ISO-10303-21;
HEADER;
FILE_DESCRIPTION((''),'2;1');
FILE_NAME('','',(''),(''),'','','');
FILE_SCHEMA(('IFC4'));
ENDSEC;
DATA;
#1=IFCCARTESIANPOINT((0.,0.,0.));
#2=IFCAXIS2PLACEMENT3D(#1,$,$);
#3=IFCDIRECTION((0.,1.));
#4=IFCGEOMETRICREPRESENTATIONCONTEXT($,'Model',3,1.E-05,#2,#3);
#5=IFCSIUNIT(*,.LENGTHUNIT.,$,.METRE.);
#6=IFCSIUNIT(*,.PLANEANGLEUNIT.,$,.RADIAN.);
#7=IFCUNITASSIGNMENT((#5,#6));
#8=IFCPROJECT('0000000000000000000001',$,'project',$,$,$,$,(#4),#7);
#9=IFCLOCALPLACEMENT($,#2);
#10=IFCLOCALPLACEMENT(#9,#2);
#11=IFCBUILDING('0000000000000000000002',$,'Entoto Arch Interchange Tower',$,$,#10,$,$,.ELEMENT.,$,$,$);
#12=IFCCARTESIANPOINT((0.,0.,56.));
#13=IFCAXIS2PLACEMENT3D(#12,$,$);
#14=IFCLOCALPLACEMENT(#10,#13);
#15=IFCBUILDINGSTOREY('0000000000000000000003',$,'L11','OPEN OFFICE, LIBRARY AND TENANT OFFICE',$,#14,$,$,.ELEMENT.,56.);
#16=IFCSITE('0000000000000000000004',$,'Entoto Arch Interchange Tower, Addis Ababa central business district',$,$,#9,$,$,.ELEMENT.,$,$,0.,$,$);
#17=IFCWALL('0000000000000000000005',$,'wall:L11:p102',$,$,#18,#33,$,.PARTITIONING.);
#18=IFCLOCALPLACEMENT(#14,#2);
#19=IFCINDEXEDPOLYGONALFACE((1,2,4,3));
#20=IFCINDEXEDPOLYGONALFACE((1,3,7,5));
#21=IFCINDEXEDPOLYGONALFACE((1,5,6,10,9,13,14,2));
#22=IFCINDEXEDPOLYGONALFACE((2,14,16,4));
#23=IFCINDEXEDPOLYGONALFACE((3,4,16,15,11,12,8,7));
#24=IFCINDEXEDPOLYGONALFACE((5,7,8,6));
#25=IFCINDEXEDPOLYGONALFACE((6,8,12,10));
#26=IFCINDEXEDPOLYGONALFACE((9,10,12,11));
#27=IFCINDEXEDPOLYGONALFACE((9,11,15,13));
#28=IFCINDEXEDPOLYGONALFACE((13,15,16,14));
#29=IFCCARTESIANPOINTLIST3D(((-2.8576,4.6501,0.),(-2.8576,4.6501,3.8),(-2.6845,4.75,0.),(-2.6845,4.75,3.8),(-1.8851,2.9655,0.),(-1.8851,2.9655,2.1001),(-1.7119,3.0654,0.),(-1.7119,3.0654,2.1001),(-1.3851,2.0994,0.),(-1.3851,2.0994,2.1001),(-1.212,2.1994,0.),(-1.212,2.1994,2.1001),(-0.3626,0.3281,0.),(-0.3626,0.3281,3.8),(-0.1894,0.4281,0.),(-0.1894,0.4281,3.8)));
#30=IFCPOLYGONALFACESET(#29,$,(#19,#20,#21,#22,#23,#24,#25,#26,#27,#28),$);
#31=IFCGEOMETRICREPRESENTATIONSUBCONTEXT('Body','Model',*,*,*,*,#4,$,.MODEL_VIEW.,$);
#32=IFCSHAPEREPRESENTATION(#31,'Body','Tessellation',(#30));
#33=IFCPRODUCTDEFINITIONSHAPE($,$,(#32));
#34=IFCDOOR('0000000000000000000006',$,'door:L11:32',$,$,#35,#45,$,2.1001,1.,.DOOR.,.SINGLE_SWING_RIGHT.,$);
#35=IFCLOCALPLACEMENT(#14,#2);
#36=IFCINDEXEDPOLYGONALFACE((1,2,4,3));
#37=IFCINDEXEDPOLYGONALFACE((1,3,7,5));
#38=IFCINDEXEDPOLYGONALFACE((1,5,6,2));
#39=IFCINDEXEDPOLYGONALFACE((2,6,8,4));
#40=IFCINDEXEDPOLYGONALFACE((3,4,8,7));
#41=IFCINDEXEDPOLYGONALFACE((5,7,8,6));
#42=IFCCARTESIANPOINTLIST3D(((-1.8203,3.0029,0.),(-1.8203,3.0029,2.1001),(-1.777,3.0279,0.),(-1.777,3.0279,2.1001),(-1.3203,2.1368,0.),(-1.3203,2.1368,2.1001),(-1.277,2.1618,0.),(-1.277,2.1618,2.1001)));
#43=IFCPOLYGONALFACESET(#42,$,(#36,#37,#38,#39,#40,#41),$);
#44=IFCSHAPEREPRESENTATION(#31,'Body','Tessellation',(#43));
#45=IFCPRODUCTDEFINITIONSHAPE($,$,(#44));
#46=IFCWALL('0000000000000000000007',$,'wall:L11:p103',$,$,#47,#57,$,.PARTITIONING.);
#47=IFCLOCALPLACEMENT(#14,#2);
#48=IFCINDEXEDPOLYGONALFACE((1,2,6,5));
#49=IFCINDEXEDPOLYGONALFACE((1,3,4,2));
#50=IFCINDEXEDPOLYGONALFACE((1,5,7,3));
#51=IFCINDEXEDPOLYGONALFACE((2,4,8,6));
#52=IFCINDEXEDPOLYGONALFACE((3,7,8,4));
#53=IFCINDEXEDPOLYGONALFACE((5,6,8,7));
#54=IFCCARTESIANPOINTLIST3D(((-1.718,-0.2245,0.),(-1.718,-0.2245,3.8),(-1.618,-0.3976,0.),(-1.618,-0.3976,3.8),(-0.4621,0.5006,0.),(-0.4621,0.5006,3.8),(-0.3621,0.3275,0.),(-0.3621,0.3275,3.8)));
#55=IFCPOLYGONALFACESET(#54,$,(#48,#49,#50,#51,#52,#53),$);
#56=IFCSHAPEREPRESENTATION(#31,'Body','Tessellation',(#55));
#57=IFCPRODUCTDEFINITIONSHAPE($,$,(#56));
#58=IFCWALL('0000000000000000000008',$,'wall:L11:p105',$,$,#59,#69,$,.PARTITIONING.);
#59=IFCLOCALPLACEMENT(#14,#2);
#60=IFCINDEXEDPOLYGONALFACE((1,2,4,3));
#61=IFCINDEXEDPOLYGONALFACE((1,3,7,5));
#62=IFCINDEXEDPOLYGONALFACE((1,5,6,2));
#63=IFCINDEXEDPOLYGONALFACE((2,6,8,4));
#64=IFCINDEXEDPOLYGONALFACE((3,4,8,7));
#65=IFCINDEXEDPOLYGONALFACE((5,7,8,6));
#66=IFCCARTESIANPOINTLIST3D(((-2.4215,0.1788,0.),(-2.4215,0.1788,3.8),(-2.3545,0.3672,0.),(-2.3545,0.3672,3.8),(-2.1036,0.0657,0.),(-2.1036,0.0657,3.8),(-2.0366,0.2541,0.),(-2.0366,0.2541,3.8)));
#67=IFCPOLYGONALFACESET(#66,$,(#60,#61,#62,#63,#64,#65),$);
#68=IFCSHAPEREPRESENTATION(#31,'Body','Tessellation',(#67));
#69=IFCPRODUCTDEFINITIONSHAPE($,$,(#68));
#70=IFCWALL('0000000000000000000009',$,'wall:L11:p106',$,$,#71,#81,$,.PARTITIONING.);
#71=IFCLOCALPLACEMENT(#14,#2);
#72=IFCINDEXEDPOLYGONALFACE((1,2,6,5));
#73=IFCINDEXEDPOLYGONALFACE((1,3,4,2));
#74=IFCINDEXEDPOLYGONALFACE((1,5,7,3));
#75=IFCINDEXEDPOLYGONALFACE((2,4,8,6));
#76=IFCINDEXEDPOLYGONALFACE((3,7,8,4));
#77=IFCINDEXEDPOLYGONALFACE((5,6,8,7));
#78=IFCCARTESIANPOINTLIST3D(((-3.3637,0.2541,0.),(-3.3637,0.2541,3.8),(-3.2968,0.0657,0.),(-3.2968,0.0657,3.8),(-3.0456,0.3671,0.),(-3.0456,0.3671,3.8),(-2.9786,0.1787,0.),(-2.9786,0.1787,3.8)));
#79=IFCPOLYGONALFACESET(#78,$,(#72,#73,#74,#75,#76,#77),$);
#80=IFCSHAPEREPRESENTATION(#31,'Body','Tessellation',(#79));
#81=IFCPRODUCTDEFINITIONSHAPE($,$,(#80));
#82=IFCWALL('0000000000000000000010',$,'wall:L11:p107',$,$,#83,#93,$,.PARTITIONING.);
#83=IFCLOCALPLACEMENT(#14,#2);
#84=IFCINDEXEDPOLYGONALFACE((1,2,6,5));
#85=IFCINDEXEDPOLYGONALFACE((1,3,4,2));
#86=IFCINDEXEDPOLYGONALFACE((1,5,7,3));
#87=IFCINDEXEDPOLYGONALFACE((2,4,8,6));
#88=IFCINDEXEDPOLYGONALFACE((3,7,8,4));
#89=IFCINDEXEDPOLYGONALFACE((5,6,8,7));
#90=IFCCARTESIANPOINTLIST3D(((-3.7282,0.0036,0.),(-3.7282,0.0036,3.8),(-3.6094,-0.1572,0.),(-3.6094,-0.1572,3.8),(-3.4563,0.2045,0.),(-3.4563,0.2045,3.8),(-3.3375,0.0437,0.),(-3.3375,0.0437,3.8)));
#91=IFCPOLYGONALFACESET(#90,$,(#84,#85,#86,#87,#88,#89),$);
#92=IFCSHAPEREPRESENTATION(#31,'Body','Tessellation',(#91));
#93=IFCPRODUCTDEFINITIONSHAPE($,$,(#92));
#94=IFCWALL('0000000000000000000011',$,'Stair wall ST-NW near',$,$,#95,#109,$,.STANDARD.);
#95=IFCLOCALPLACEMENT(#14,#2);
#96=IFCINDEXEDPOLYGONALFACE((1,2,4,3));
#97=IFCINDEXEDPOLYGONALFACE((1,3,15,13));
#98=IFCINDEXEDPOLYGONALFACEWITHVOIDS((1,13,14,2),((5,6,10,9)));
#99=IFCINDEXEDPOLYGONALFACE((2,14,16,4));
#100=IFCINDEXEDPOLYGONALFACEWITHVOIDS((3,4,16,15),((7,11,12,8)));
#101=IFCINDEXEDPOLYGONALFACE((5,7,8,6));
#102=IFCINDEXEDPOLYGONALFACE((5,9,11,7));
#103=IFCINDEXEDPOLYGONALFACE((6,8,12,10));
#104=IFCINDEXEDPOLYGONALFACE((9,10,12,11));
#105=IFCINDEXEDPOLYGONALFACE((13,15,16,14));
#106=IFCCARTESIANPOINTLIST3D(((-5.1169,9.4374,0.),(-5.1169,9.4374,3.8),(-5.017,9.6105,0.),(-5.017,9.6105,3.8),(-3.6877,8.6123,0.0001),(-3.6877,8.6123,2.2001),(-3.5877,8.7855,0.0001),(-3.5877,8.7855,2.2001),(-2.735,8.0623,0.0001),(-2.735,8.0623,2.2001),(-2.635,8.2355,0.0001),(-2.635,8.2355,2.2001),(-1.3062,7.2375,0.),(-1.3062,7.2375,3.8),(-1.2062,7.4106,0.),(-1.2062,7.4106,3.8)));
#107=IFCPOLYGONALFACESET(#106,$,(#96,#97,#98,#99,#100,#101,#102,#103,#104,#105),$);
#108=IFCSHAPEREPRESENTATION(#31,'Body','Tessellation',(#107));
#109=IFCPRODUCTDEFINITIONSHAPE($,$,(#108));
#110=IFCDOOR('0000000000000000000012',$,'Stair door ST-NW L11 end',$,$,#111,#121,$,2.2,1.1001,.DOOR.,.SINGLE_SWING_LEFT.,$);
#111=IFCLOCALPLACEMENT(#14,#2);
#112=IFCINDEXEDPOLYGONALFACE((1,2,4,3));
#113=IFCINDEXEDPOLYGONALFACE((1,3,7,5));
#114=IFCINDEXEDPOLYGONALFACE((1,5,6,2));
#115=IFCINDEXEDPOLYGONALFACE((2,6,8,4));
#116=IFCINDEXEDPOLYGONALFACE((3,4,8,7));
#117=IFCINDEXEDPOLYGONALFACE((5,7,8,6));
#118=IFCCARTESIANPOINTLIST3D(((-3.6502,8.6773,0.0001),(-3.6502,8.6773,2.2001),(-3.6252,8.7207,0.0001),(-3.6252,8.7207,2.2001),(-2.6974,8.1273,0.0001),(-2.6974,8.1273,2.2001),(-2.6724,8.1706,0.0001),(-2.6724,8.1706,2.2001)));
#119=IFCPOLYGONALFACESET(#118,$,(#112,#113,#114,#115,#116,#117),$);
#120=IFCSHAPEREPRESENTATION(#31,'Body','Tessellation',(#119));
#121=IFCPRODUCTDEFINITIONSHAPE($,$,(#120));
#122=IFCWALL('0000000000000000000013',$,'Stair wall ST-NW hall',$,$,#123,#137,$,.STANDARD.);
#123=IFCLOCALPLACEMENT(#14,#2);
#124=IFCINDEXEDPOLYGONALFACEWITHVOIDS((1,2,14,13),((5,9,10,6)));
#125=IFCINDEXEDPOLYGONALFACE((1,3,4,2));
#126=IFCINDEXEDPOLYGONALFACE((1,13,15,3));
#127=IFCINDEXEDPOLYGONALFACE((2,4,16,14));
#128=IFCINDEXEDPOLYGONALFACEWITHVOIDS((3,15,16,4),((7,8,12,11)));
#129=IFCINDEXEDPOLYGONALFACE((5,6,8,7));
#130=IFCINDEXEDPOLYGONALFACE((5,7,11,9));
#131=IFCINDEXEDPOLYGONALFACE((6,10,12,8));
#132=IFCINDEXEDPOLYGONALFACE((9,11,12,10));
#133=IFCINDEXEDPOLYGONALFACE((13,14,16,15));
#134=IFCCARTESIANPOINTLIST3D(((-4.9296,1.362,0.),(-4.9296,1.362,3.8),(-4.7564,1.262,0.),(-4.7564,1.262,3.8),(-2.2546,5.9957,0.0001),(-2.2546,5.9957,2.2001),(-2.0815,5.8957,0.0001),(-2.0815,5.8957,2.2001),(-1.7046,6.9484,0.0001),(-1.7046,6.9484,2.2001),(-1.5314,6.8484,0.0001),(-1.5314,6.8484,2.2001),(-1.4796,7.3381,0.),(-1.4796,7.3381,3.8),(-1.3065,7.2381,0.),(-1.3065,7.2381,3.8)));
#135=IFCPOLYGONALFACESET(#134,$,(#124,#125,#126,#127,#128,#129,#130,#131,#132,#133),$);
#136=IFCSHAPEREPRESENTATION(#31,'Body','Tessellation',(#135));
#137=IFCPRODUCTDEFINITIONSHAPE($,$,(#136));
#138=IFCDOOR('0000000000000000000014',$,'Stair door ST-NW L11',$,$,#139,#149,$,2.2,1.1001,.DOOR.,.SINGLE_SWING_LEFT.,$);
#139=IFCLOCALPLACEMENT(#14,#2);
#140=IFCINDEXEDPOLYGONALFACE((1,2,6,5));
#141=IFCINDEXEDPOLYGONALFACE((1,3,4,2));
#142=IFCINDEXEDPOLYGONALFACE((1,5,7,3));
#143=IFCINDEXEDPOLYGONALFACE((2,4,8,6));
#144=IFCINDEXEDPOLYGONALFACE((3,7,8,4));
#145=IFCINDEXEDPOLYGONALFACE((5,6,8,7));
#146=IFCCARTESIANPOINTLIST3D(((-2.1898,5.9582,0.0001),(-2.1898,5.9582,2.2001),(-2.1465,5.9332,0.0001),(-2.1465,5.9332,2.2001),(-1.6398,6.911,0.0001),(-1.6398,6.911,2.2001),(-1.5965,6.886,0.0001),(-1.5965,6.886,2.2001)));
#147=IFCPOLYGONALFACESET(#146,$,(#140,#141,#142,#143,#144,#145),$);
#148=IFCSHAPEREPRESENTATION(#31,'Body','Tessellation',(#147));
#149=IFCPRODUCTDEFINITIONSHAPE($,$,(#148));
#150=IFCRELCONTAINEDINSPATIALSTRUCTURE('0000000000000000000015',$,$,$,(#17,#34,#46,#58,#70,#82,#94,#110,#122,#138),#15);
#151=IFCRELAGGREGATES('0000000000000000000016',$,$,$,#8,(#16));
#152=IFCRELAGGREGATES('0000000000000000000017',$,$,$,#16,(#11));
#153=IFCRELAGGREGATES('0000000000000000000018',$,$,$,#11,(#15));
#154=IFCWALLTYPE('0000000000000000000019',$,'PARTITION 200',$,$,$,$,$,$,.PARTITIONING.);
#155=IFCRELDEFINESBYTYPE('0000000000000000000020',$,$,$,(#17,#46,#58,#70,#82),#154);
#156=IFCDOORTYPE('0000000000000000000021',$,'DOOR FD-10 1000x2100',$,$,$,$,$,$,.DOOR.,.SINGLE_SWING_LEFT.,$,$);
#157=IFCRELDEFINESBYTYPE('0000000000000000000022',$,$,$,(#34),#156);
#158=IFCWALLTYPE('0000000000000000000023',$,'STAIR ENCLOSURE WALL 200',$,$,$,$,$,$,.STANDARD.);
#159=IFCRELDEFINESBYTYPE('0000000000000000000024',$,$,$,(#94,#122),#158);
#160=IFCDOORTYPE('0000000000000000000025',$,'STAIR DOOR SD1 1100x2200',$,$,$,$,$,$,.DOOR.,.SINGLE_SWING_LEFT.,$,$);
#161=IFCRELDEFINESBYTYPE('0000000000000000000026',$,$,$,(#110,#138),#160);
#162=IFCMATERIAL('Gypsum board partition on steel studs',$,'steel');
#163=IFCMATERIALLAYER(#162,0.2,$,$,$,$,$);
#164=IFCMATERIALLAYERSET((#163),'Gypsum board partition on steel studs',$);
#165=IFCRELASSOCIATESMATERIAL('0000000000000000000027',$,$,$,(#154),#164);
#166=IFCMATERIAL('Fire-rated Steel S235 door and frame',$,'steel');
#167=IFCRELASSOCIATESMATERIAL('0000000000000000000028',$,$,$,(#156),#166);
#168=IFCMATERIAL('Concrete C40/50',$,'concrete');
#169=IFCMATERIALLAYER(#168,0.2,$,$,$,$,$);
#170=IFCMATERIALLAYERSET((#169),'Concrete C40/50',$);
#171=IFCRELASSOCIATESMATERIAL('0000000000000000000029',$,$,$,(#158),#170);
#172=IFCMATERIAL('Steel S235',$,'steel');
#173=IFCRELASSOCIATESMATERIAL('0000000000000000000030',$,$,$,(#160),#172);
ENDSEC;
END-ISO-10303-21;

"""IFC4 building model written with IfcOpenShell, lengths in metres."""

from ifc_helpers import new_model, si_unit, direction, frame, frame_2d, origin, place, context, subcontext, project, spatial, rectangle, extrude, material, layer, layer_set, type_object, element, fill, save


model = new_model("IFC4")

# Units and contexts
model_context = context("Model", 3, precision=1e-05, world=origin(), true_north=direction((0.0, 1.0)))
body_context = subcontext(model_context, "Body", "Model", "MODEL_VIEW")
ifc_project = project(units=[si_unit("LENGTHUNIT", "METRE"), si_unit("PLANEANGLEUNIT", "RADIAN")], contexts=[model_context])

# Site, building, storey
site_placement = place(None, origin())
site = spatial("IfcSite", under=ifc_project, at=site_placement, Name="Entoto Arch Interchange Tower, Addis Ababa central business district", CompositionType="ELEMENT", RefElevation=0.0)
building_placement = place(site_placement, origin())
building = spatial("IfcBuilding", under=site, at=building_placement, Name="Entoto Arch Interchange Tower", CompositionType="ELEMENT")
storey_placement = place(building_placement, frame((0.0, 0.0, 56.0)))
storey = spatial("IfcBuildingStorey", under=building, at=storey_placement, Name="L11", Description="OPEN OFFICE, LIBRARY AND TENANT OFFICE", CompositionType="ELEMENT", Elevation=56.0)

# Wall, opening, door
ifc_material_1 = material(Name="Gypsum board partition on steel studs", Category="steel")
ifc_layer_1 = layer(ifc_material_1, 0.2)
ifc_layer_set_1 = layer_set([ifc_layer_1], Name="Gypsum board partition on steel studs")
wall_type_1 = type_object("IfcWallType", Name="PARTITION 200", PredefinedType="PARTITIONING", material=ifc_layer_set_1)
wall_1_placement = place(storey_placement, frame((-2.771, 4.7, 0.0), z_axis=(0.0, 0.0, 1.0), x_axis=(0.499969, -0.866043, 0.0)))
wall_1 = element("IfcWall", 1, at=wall_1_placement, inside=storey, type_object=wall_type_1, Name="wall:L11:p102", PredefinedType="PARTITIONING", context=body_context, shape_type="SweptSolid", body=[
    extrude(rectangle(XDim=4.9905, YDim=0.2, at=frame_2d((2.4951, 0.0))), origin(), (0.0, 0.0, 1.0), 3.8),
])
opening_1_placement = place(wall_1_placement, frame((1.9451, 0.0, 0.0)))
opening_1 = element("IfcOpeningElement", 2, at=opening_1_placement, cuts=wall_1, PredefinedType="OPENING", context=body_context, shape_type="SweptSolid", body=[
    extrude(rectangle(XDim=1.0, YDim=2.1001, at=frame_2d((0.5, 1.05))), frame((0.0, 0.1099, 0.0), z_axis=(0.0, -1.0, 0.0), x_axis=(1.0, 0.0, 0.0)), (0.0, 0.0, 1.0), 0.22),
])
ifc_material_2 = material(Name="Fire-rated Steel S235 door and frame", Category="steel")
door_type_1 = type_object("IfcDoorType", Name="DOOR FD-10 1000x2100", OperationType="SINGLE_SWING_LEFT", PredefinedType="DOOR", material=ifc_material_2)
door_1_placement = place(opening_1_placement, origin())
door_1 = element("IfcDoor", 3, at=door_1_placement, inside=storey, type_object=door_type_1, Name="door:L11:32", OperationType="SINGLE_SWING_RIGHT", OverallHeight=2.1001, OverallWidth=1.0, PredefinedType="DOOR", context=body_context, shape_type="SweptSolid", body=[
    extrude(rectangle(XDim=1.0, YDim=2.1001, at=frame_2d((0.5, 1.05))), frame((0.0, 0.0249, 0.0), z_axis=(0.0, -1.0, 0.0), x_axis=(1.0, 0.0, 0.0)), (0.0, 0.0, 1.0), 0.05),
])
fill(opening_1, door_1)

# Walls
wall_2_placement = place(storey_placement, frame((-0.4121, 0.4141, 0.0), z_axis=(0.0, 0.0, 1.0), x_axis=(-0.866017, -0.500014, 0.0)))
element("IfcWall", 4, at=wall_2_placement, inside=storey, type_object=wall_type_1, Name="wall:L11:p103", PredefinedType="PARTITIONING", context=body_context, shape_type="SweptSolid", body=[
    extrude(rectangle(XDim=1.4502, YDim=0.2, at=frame_2d((0.7251, 0.0))), origin(), (0.0, 0.0, 1.0), 3.8),
])
wall_3_placement = place(storey_placement, frame((-2.0701, 0.1599, 0.0), z_axis=(0.0, 0.0, 1.0), x_axis=(-0.942199, 0.335052, 0.0)))
element("IfcWall", 5, at=wall_3_placement, inside=storey, type_object=wall_type_1, Name="wall:L11:p105", PredefinedType="PARTITIONING", context=body_context, shape_type="SweptSolid", body=[
    extrude(rectangle(XDim=0.3374, YDim=0.2, at=frame_2d((0.1687, 0.0))), origin(), (0.0, 0.0, 1.0), 3.8),
])
wall_4_placement = place(storey_placement, frame((-3.012, 0.2729, 0.0), z_axis=(0.0, 0.0, 1.0), x_axis=(-0.942281, -0.334824, 0.0)))
element("IfcWall", 6, at=wall_4_placement, inside=storey, type_object=wall_type_1, Name="wall:L11:p106", PredefinedType="PARTITIONING", context=body_context, shape_type="SweptSolid", body=[
    extrude(rectangle(XDim=0.3376, YDim=0.2, at=frame_2d((0.1689, 0.0))), origin(), (0.0, 0.0, 1.0), 3.8),
])
wall_5_placement = place(storey_placement, frame((-3.397, 0.124, 0.0), z_axis=(0.0, 0.0, 1.0), x_axis=(-0.804311, -0.594208, 0.0)))
element("IfcWall", 7, at=wall_5_placement, inside=storey, type_object=wall_type_1, Name="wall:L11:p107", PredefinedType="PARTITIONING", context=body_context, shape_type="SweptSolid", body=[
    extrude(rectangle(XDim=0.3381, YDim=0.2, at=frame_2d((0.1689, 0.0))), origin(), (0.0, 0.0, 1.0), 3.8),
])

# Walls, openings, doors
ifc_material_3 = material(Name="Concrete C40/50", Category="concrete")
ifc_layer_2 = layer(ifc_material_3, 0.2)
ifc_layer_set_2 = layer_set([ifc_layer_2], Name="Concrete C40/50")
wall_type_2 = type_object("IfcWallType", Name="STAIR ENCLOSURE WALL 200", PredefinedType="STANDARD", material=ifc_layer_set_2)
wall_6_placement = place(storey_placement, frame((-1.2561, 7.324, 0.0), z_axis=(0.0, 0.0, 1.0), x_axis=(-0.866046, 0.499964, 0.0)))
wall_6 = element("IfcWall", 8, at=wall_6_placement, inside=storey, type_object=wall_type_2, Name="Stair wall ST-NW near", PredefinedType="STANDARD", context=body_context, shape_type="SweptSolid", body=[
    extrude(rectangle(XDim=4.4001, YDim=0.2, at=frame_2d((2.2002, 0.0))), origin(), (0.0, 0.0, 1.0), 3.8),
])
opening_2_placement = place(wall_6_placement, frame((1.6499, 0.0, 0.0)))
opening_2 = element("IfcOpeningElement", 9, at=opening_2_placement, cuts=wall_6, PredefinedType="OPENING", context=body_context, shape_type="SweptSolid", body=[
    extrude(rectangle(XDim=1.1001, YDim=2.2, at=frame_2d((0.55, 1.1001))), frame((0.0, 0.1099, 0.0), z_axis=(0.0, -1.0, 0.0), x_axis=(1.0, 0.0, 0.0)), (0.0, 0.0, 1.0), 0.22),
])
ifc_material_4 = material(Name="Steel S235", Category="steel")
door_type_2 = type_object("IfcDoorType", Name="STAIR DOOR SD1 1100x2200", OperationType="SINGLE_SWING_LEFT", PredefinedType="DOOR", material=ifc_material_4)
door_2_placement = place(opening_2_placement, origin())
door_2 = element("IfcDoor", 10, at=door_2_placement, inside=storey, type_object=door_type_2, Name="Stair door ST-NW L11 end", OperationType="SINGLE_SWING_LEFT", OverallHeight=2.2, OverallWidth=1.1001, PredefinedType="DOOR", context=body_context, shape_type="SweptSolid", body=[
    extrude(rectangle(XDim=1.1001, YDim=2.2, at=frame_2d((0.55, 1.1001))), frame((0.0, 0.0249, 0.0), z_axis=(0.0, -1.0, 0.0), x_axis=(1.0, 0.0, 0.0)), (0.0, 0.0, 1.0), 0.05),
])
fill(opening_2, door_2)
wall_7_placement = place(storey_placement, frame((-1.3931, 7.2881, 0.0), z_axis=(0.0, 0.0, 1.0), x_axis=(-0.499963, -0.866047, 0.0)))
wall_7 = element("IfcWall", 11, at=wall_7_placement, inside=storey, type_object=wall_type_2, Name="Stair wall ST-NW hall", PredefinedType="STANDARD", context=body_context, shape_type="SweptSolid", body=[
    extrude(rectangle(XDim=6.9004, YDim=0.2, at=frame_2d((3.4502, 0.0))), origin(), (0.0, 0.0, 1.0), 3.8),
])
opening_3_placement = place(wall_7_placement, frame((0.45, 0.0, 0.0)))
opening_3 = element("IfcOpeningElement", 12, at=opening_3_placement, cuts=wall_7, PredefinedType="OPENING", context=body_context, shape_type="SweptSolid", body=[
    extrude(rectangle(XDim=1.1001, YDim=2.2, at=frame_2d((0.55, 1.1001))), frame((0.0, 0.1099, 0.0), z_axis=(0.0, -1.0, 0.0), x_axis=(1.0, 0.0, 0.0)), (0.0, 0.0, 1.0), 0.22),
])
door_3_placement = place(opening_3_placement, origin())
door_3 = element("IfcDoor", 13, at=door_3_placement, inside=storey, type_object=door_type_2, Name="Stair door ST-NW L11", OperationType="SINGLE_SWING_LEFT", OverallHeight=2.2, OverallWidth=1.1001, PredefinedType="DOOR", context=body_context, shape_type="SweptSolid", body=[
    extrude(rectangle(XDim=1.1001, YDim=2.2, at=frame_2d((0.55, 1.1001))), frame((0.0, 0.0249, 0.0), z_axis=(0.0, -1.0, 0.0), x_axis=(1.0, 0.0, 0.0)), (0.0, 0.0, 1.0), 0.05),
])
fill(opening_3, door_3)

save(model, "model.ifc")
